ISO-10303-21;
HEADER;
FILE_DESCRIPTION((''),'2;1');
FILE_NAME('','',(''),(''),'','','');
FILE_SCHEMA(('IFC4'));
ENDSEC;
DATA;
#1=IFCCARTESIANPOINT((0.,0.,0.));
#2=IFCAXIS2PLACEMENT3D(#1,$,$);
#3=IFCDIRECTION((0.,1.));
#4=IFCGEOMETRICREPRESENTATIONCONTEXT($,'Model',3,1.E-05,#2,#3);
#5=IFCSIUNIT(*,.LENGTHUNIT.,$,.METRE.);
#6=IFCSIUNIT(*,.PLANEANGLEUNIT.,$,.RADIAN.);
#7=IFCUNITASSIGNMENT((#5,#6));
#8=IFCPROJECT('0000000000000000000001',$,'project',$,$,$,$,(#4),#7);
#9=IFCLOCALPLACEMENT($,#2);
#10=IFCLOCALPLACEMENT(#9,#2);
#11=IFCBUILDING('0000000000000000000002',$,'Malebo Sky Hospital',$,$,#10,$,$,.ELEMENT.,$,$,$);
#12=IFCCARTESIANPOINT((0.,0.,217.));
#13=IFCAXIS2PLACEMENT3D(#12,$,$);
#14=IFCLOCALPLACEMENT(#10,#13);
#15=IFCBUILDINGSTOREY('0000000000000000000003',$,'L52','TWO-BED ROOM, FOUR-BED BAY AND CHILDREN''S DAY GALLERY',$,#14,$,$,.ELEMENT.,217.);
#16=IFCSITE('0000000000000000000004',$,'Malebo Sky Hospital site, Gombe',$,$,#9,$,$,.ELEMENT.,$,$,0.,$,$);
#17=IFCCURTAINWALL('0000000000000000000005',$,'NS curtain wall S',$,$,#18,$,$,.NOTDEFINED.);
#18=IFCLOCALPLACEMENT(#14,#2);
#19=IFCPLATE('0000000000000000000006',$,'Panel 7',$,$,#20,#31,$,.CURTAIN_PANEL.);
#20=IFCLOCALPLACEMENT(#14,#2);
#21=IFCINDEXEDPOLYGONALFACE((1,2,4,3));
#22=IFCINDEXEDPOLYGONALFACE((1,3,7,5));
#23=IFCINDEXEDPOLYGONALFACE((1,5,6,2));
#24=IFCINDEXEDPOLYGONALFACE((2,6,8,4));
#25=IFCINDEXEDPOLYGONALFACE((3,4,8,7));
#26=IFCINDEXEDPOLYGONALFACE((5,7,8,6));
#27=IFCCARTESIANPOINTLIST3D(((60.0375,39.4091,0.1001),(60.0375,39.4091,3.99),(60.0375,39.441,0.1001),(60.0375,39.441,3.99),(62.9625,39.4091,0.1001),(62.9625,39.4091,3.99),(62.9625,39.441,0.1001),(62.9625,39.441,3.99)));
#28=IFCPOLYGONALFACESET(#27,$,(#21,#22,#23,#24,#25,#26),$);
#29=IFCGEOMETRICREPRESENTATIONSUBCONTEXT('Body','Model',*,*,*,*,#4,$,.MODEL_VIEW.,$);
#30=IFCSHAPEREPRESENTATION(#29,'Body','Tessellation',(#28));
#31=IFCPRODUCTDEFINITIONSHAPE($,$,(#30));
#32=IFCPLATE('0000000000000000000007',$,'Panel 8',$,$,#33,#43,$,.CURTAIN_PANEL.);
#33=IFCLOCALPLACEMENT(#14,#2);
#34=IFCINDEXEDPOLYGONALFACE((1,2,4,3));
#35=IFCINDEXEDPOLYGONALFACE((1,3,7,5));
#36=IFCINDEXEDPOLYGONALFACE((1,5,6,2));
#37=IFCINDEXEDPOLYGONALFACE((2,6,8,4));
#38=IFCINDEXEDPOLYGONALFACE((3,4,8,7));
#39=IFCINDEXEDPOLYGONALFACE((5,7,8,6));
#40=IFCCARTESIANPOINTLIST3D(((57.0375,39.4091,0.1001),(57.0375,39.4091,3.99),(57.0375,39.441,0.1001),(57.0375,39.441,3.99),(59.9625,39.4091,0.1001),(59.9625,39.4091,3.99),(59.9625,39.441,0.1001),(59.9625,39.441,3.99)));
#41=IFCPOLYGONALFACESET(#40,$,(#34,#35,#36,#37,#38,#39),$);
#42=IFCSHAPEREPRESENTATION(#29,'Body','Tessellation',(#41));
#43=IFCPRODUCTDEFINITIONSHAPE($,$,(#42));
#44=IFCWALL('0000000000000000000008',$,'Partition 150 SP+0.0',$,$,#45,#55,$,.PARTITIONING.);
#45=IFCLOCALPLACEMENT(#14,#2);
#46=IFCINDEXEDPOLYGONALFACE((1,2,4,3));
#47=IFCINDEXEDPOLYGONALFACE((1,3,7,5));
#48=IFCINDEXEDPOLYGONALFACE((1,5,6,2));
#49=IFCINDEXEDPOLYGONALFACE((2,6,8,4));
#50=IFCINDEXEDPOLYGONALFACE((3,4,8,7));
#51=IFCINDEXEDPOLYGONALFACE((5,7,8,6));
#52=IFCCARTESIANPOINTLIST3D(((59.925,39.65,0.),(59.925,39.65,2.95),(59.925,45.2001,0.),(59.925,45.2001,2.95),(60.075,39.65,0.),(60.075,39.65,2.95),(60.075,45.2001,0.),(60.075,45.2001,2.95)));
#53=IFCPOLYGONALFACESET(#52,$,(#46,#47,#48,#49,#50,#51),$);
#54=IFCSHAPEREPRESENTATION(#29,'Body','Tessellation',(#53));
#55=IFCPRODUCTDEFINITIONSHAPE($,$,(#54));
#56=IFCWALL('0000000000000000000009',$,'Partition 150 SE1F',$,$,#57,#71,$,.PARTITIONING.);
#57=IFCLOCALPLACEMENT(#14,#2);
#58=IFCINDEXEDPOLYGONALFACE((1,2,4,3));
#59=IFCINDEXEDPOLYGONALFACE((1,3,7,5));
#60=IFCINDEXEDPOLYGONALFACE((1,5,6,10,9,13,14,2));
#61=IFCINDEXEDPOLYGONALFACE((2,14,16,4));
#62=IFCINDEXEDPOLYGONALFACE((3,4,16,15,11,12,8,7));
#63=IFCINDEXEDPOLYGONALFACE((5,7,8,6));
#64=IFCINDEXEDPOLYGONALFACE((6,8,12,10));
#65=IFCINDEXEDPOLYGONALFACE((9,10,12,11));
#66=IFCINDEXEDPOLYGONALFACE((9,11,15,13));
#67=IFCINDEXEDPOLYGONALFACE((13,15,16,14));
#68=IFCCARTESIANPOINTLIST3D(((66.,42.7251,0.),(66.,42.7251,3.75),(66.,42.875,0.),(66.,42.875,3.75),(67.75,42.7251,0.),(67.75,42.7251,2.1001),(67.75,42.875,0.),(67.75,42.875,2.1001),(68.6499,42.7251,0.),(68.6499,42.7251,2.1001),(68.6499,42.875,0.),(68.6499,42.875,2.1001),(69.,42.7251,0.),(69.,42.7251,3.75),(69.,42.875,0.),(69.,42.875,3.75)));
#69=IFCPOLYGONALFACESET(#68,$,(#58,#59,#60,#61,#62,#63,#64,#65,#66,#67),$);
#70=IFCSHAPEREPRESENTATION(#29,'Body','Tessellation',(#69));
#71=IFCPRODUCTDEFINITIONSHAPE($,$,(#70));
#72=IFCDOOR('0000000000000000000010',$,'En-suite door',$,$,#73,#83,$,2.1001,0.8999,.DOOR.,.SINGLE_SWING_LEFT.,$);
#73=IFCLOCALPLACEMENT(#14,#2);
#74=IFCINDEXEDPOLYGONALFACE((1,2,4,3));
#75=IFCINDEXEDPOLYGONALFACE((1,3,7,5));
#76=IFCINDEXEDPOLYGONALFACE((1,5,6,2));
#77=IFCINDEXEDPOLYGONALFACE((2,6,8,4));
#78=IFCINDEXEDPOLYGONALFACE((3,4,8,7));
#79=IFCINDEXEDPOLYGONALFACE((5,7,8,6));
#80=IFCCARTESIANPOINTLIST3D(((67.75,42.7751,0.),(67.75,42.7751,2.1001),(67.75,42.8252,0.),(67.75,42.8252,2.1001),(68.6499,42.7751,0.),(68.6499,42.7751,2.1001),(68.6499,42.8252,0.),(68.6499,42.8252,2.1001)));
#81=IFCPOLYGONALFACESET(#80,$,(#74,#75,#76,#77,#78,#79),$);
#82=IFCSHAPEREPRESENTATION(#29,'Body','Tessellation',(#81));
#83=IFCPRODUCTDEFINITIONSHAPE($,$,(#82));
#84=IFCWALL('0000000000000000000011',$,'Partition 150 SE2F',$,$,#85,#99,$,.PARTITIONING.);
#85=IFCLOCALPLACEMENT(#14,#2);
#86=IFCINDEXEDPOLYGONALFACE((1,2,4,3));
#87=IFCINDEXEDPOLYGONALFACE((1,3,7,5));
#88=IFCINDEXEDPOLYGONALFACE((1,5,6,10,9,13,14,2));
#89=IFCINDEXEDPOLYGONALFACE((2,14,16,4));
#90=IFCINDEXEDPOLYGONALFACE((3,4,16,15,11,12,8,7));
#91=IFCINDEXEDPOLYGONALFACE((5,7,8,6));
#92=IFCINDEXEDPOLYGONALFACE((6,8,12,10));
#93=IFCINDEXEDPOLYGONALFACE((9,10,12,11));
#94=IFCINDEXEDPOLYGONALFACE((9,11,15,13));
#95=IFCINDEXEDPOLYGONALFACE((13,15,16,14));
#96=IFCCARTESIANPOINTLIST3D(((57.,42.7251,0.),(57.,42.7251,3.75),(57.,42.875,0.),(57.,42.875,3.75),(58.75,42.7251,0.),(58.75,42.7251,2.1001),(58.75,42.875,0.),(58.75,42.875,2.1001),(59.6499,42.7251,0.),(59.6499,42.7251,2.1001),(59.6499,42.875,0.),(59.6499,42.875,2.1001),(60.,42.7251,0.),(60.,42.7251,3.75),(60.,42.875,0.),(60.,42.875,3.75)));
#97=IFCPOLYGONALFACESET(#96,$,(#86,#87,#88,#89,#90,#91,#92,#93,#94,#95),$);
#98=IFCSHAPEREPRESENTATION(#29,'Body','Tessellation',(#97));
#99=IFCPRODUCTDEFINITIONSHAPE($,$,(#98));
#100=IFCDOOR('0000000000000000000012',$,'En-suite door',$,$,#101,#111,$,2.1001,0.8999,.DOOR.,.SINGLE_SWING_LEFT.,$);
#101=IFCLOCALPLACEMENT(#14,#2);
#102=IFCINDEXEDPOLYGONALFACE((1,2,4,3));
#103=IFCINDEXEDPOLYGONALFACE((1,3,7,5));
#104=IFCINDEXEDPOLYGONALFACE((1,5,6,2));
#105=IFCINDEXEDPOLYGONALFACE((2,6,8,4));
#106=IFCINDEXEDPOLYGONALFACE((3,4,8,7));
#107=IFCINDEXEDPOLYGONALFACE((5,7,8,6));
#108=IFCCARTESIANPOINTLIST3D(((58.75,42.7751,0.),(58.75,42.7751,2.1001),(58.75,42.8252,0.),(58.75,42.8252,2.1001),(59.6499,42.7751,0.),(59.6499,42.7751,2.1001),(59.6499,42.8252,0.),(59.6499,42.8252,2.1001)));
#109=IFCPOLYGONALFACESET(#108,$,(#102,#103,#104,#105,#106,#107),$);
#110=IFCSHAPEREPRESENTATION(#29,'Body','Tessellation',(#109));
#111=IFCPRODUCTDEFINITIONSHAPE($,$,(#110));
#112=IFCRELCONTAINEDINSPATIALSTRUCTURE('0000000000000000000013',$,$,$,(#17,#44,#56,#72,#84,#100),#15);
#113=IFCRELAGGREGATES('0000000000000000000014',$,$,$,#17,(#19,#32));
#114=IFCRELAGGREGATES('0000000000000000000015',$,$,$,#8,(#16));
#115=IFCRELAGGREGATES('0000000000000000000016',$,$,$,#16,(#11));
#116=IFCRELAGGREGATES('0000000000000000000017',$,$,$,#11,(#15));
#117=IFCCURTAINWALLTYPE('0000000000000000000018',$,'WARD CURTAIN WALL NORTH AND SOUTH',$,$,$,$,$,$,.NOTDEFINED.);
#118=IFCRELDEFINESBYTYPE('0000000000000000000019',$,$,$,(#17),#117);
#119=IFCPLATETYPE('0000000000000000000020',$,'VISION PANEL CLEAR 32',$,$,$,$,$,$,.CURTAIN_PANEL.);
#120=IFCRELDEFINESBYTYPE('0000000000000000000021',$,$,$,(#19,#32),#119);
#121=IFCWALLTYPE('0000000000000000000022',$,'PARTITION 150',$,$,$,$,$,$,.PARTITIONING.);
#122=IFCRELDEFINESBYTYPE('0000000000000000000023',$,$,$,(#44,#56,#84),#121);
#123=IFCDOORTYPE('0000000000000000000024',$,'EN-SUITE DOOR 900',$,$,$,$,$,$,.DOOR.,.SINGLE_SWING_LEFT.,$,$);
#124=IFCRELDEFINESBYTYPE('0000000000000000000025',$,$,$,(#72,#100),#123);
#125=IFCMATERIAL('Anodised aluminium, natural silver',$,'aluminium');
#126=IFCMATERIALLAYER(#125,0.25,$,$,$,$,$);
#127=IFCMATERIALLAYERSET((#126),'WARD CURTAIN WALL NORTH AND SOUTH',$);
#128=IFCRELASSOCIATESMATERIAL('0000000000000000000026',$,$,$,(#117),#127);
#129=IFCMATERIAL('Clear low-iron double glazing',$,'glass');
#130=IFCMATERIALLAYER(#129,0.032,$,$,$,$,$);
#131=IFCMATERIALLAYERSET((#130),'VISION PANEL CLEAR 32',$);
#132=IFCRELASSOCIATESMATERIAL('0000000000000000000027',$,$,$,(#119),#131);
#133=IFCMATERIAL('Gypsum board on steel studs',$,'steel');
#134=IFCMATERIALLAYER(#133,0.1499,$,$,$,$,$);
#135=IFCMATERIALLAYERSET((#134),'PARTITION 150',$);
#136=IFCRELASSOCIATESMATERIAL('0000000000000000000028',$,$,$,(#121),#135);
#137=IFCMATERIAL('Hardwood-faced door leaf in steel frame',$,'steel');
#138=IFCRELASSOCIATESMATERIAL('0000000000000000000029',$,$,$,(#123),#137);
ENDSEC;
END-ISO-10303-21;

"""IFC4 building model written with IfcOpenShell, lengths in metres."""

from ifc_helpers import new_model, si_unit, direction, frame, frame_2d, origin, origin_2d, place, context, subcontext, project, spatial, rectangle, extrude, material, layer, layer_set, type_object, element, fill, aggregate, save


model = new_model("IFC4")

# Units and contexts
model_context = context("Model", 3, precision=1e-05, world=origin(), true_north=direction((0.0, 1.0)))
body_context = subcontext(model_context, "Body", "Model", "MODEL_VIEW")
ifc_project = project(units=[si_unit("LENGTHUNIT", "METRE"), si_unit("PLANEANGLEUNIT", "RADIAN")], contexts=[model_context])

# Site, building, storey
site_placement = place(None, origin())
site = spatial("IfcSite", under=ifc_project, at=site_placement, Name="Malebo Sky Hospital site, Gombe", CompositionType="ELEMENT", RefElevation=0.0)
building_placement = place(site_placement, origin())
building = spatial("IfcBuilding", under=site, at=building_placement, Name="Malebo Sky Hospital", CompositionType="ELEMENT")
storey_placement = place(building_placement, frame((0.0, 0.0, 217.0)))
storey = spatial("IfcBuildingStorey", under=building, at=storey_placement, Name="L52", Description="TWO-BED ROOM, FOUR-BED BAY AND CHILDREN'S DAY GALLERY", CompositionType="ELEMENT", Elevation=217.0)

# Curtain wall
ifc_material_1 = material(Name="Anodised aluminium, natural silver", Category="aluminium")
ifc_layer_1 = layer(ifc_material_1, 0.25)
ifc_layer_set_1 = layer_set([ifc_layer_1], Name="WARD CURTAIN WALL NORTH AND SOUTH")
curtain_wall_type = type_object("IfcCurtainWallType", Name="WARD CURTAIN WALL NORTH AND SOUTH", PredefinedType="NOTDEFINED", material=ifc_layer_set_1)
curtain_wall_placement = place(storey_placement, origin())
curtain_wall = element("IfcCurtainWall", 1, at=curtain_wall_placement, inside=storey, type_object=curtain_wall_type, Name="NS curtain wall S", PredefinedType="NOTDEFINED")

# Plates
ifc_material_2 = material(Name="Clear low-iron double glazing", Category="glass")
ifc_layer_2 = layer(ifc_material_2, 0.032)
ifc_layer_set_2 = layer_set([ifc_layer_2], Name="VISION PANEL CLEAR 32")
plate_type = type_object("IfcPlateType", Name="VISION PANEL CLEAR 32", PredefinedType="CURTAIN_PANEL", material=ifc_layer_set_2)
plate_1_placement = place(storey_placement, frame((61.5, 39.425, 0.1001), z_axis=(0.0, 0.0, 1.0), x_axis=(-1.0, 0.0, 0.0)))
plate_1 = element("IfcPlate", 2, at=plate_1_placement, type_object=plate_type, Name="Panel 7", PredefinedType="CURTAIN_PANEL", context=body_context, shape_type="SweptSolid", body=[
    extrude(rectangle(XDim=2.925, YDim=0.032, at=origin_2d()), origin(), (0.0, 0.0, 1.0), 3.8899),
])
plate_2_placement = place(storey_placement, frame((58.5, 39.425, 0.1001), z_axis=(0.0, 0.0, 1.0), x_axis=(-1.0, 0.0, 0.0)))
plate_2 = element("IfcPlate", 3, at=plate_2_placement, type_object=plate_type, Name="Panel 8", PredefinedType="CURTAIN_PANEL", context=body_context, shape_type="SweptSolid", body=[
    extrude(rectangle(XDim=2.925, YDim=0.032, at=origin_2d()), origin(), (0.0, 0.0, 1.0), 3.8899),
])
aggregate(curtain_wall, [plate_1, plate_2])

# Wall
ifc_material_3 = material(Name="Gypsum board on steel studs", Category="steel")
ifc_layer_3 = layer(ifc_material_3, 0.1499)
ifc_layer_set_3 = layer_set([ifc_layer_3], Name="PARTITION 150")
wall_type = type_object("IfcWallType", Name="PARTITION 150", PredefinedType="PARTITIONING", material=ifc_layer_set_3)
wall_1_placement = place(storey_placement, frame((60.0, 45.2, 0.0), z_axis=(0.0, 0.0, 1.0), x_axis=(0.0, -1.0, 0.0)))
element("IfcWall", 4, at=wall_1_placement, inside=storey, type_object=wall_type, Name="Partition 150 SP+0.0", PredefinedType="PARTITIONING", context=body_context, shape_type="SweptSolid", body=[
    extrude(rectangle(XDim=5.55, YDim=0.1499, at=frame_2d((2.7749, 0.0))), origin(), (0.0, 0.0, 1.0), 2.95),
])

# Walls, openings, doors
wall_2_placement = place(storey_placement, frame((69.0, 42.8, 0.0), z_axis=(0.0, 0.0, 1.0), x_axis=(-1.0, 0.0, 0.0)))
wall_2 = element("IfcWall", 5, at=wall_2_placement, inside=storey, type_object=wall_type, Name="Partition 150 SE1F", PredefinedType="PARTITIONING", context=body_context, shape_type="SweptSolid", body=[
    extrude(rectangle(XDim=3.0, YDim=0.1499, at=frame_2d((1.5, 0.0))), origin(), (0.0, 0.0, 1.0), 3.75),
])
opening_1_placement = place(wall_2_placement, frame((0.3501, 0.0, 0.0)))
opening_1 = element("IfcOpeningElement", 6, at=opening_1_placement, cuts=wall_2, PredefinedType="OPENING", context=body_context, shape_type="SweptSolid", body=[
    extrude(rectangle(XDim=0.8999, YDim=2.1001, at=frame_2d((0.45, 1.05))), frame((0.0, 0.085, 0.0), z_axis=(0.0, -1.0, 0.0), x_axis=(1.0, 0.0, 0.0)), (0.0, 0.0, 1.0), 0.1699),
])
ifc_material_4 = material(Name="Hardwood-faced door leaf in steel frame", Category="steel")
door_type = type_object("IfcDoorType", Name="EN-SUITE DOOR 900", OperationType="SINGLE_SWING_LEFT", PredefinedType="DOOR", material=ifc_material_4)
door_1_placement = place(opening_1_placement, origin())
door_1 = element("IfcDoor", 7, at=door_1_placement, inside=storey, type_object=door_type, Name="En-suite door", OperationType="SINGLE_SWING_LEFT", OverallHeight=2.1001, OverallWidth=0.8999, PredefinedType="DOOR", context=body_context, shape_type="SweptSolid", body=[
    extrude(rectangle(XDim=0.8999, YDim=2.1001, at=frame_2d((0.45, 1.05))), frame((0.0, 0.0249, 0.0), z_axis=(0.0, -1.0, 0.0), x_axis=(1.0, 0.0, 0.0)), (0.0, 0.0, 1.0), 0.05),
])
fill(opening_1, door_1)
wall_3_placement = place(storey_placement, frame((60.0, 42.8, 0.0), z_axis=(0.0, 0.0, 1.0), x_axis=(-1.0, 0.0, 0.0)))
wall_3 = element("IfcWall", 8, at=wall_3_placement, inside=storey, type_object=wall_type, Name="Partition 150 SE2F", PredefinedType="PARTITIONING", context=body_context, shape_type="SweptSolid", body=[
    extrude(rectangle(XDim=3.0, YDim=0.1499, at=frame_2d((1.5, 0.0))), origin(), (0.0, 0.0, 1.0), 3.75),
])
opening_2_placement = place(wall_3_placement, frame((0.3501, 0.0, 0.0)))
opening_2 = element("IfcOpeningElement", 9, at=opening_2_placement, cuts=wall_3, PredefinedType="OPENING", context=body_context, shape_type="SweptSolid", body=[
    extrude(rectangle(XDim=0.8999, YDim=2.1001, at=frame_2d((0.45, 1.05))), frame((0.0, 0.085, 0.0), z_axis=(0.0, -1.0, 0.0), x_axis=(1.0, 0.0, 0.0)), (0.0, 0.0, 1.0), 0.1699),
])
door_2_placement = place(opening_2_placement, origin())
door_2 = element("IfcDoor", 10, at=door_2_placement, inside=storey, type_object=door_type, Name="En-suite door", OperationType="SINGLE_SWING_LEFT", OverallHeight=2.1001, OverallWidth=0.8999, PredefinedType="DOOR", context=body_context, shape_type="SweptSolid", body=[
    extrude(rectangle(XDim=0.8999, YDim=2.1001, at=frame_2d((0.45, 1.05))), frame((0.0, 0.0249, 0.0), z_axis=(0.0, -1.0, 0.0), x_axis=(1.0, 0.0, 0.0)), (0.0, 0.0, 1.0), 0.05),
])
fill(opening_2, door_2)

save(model, "model.ifc")
